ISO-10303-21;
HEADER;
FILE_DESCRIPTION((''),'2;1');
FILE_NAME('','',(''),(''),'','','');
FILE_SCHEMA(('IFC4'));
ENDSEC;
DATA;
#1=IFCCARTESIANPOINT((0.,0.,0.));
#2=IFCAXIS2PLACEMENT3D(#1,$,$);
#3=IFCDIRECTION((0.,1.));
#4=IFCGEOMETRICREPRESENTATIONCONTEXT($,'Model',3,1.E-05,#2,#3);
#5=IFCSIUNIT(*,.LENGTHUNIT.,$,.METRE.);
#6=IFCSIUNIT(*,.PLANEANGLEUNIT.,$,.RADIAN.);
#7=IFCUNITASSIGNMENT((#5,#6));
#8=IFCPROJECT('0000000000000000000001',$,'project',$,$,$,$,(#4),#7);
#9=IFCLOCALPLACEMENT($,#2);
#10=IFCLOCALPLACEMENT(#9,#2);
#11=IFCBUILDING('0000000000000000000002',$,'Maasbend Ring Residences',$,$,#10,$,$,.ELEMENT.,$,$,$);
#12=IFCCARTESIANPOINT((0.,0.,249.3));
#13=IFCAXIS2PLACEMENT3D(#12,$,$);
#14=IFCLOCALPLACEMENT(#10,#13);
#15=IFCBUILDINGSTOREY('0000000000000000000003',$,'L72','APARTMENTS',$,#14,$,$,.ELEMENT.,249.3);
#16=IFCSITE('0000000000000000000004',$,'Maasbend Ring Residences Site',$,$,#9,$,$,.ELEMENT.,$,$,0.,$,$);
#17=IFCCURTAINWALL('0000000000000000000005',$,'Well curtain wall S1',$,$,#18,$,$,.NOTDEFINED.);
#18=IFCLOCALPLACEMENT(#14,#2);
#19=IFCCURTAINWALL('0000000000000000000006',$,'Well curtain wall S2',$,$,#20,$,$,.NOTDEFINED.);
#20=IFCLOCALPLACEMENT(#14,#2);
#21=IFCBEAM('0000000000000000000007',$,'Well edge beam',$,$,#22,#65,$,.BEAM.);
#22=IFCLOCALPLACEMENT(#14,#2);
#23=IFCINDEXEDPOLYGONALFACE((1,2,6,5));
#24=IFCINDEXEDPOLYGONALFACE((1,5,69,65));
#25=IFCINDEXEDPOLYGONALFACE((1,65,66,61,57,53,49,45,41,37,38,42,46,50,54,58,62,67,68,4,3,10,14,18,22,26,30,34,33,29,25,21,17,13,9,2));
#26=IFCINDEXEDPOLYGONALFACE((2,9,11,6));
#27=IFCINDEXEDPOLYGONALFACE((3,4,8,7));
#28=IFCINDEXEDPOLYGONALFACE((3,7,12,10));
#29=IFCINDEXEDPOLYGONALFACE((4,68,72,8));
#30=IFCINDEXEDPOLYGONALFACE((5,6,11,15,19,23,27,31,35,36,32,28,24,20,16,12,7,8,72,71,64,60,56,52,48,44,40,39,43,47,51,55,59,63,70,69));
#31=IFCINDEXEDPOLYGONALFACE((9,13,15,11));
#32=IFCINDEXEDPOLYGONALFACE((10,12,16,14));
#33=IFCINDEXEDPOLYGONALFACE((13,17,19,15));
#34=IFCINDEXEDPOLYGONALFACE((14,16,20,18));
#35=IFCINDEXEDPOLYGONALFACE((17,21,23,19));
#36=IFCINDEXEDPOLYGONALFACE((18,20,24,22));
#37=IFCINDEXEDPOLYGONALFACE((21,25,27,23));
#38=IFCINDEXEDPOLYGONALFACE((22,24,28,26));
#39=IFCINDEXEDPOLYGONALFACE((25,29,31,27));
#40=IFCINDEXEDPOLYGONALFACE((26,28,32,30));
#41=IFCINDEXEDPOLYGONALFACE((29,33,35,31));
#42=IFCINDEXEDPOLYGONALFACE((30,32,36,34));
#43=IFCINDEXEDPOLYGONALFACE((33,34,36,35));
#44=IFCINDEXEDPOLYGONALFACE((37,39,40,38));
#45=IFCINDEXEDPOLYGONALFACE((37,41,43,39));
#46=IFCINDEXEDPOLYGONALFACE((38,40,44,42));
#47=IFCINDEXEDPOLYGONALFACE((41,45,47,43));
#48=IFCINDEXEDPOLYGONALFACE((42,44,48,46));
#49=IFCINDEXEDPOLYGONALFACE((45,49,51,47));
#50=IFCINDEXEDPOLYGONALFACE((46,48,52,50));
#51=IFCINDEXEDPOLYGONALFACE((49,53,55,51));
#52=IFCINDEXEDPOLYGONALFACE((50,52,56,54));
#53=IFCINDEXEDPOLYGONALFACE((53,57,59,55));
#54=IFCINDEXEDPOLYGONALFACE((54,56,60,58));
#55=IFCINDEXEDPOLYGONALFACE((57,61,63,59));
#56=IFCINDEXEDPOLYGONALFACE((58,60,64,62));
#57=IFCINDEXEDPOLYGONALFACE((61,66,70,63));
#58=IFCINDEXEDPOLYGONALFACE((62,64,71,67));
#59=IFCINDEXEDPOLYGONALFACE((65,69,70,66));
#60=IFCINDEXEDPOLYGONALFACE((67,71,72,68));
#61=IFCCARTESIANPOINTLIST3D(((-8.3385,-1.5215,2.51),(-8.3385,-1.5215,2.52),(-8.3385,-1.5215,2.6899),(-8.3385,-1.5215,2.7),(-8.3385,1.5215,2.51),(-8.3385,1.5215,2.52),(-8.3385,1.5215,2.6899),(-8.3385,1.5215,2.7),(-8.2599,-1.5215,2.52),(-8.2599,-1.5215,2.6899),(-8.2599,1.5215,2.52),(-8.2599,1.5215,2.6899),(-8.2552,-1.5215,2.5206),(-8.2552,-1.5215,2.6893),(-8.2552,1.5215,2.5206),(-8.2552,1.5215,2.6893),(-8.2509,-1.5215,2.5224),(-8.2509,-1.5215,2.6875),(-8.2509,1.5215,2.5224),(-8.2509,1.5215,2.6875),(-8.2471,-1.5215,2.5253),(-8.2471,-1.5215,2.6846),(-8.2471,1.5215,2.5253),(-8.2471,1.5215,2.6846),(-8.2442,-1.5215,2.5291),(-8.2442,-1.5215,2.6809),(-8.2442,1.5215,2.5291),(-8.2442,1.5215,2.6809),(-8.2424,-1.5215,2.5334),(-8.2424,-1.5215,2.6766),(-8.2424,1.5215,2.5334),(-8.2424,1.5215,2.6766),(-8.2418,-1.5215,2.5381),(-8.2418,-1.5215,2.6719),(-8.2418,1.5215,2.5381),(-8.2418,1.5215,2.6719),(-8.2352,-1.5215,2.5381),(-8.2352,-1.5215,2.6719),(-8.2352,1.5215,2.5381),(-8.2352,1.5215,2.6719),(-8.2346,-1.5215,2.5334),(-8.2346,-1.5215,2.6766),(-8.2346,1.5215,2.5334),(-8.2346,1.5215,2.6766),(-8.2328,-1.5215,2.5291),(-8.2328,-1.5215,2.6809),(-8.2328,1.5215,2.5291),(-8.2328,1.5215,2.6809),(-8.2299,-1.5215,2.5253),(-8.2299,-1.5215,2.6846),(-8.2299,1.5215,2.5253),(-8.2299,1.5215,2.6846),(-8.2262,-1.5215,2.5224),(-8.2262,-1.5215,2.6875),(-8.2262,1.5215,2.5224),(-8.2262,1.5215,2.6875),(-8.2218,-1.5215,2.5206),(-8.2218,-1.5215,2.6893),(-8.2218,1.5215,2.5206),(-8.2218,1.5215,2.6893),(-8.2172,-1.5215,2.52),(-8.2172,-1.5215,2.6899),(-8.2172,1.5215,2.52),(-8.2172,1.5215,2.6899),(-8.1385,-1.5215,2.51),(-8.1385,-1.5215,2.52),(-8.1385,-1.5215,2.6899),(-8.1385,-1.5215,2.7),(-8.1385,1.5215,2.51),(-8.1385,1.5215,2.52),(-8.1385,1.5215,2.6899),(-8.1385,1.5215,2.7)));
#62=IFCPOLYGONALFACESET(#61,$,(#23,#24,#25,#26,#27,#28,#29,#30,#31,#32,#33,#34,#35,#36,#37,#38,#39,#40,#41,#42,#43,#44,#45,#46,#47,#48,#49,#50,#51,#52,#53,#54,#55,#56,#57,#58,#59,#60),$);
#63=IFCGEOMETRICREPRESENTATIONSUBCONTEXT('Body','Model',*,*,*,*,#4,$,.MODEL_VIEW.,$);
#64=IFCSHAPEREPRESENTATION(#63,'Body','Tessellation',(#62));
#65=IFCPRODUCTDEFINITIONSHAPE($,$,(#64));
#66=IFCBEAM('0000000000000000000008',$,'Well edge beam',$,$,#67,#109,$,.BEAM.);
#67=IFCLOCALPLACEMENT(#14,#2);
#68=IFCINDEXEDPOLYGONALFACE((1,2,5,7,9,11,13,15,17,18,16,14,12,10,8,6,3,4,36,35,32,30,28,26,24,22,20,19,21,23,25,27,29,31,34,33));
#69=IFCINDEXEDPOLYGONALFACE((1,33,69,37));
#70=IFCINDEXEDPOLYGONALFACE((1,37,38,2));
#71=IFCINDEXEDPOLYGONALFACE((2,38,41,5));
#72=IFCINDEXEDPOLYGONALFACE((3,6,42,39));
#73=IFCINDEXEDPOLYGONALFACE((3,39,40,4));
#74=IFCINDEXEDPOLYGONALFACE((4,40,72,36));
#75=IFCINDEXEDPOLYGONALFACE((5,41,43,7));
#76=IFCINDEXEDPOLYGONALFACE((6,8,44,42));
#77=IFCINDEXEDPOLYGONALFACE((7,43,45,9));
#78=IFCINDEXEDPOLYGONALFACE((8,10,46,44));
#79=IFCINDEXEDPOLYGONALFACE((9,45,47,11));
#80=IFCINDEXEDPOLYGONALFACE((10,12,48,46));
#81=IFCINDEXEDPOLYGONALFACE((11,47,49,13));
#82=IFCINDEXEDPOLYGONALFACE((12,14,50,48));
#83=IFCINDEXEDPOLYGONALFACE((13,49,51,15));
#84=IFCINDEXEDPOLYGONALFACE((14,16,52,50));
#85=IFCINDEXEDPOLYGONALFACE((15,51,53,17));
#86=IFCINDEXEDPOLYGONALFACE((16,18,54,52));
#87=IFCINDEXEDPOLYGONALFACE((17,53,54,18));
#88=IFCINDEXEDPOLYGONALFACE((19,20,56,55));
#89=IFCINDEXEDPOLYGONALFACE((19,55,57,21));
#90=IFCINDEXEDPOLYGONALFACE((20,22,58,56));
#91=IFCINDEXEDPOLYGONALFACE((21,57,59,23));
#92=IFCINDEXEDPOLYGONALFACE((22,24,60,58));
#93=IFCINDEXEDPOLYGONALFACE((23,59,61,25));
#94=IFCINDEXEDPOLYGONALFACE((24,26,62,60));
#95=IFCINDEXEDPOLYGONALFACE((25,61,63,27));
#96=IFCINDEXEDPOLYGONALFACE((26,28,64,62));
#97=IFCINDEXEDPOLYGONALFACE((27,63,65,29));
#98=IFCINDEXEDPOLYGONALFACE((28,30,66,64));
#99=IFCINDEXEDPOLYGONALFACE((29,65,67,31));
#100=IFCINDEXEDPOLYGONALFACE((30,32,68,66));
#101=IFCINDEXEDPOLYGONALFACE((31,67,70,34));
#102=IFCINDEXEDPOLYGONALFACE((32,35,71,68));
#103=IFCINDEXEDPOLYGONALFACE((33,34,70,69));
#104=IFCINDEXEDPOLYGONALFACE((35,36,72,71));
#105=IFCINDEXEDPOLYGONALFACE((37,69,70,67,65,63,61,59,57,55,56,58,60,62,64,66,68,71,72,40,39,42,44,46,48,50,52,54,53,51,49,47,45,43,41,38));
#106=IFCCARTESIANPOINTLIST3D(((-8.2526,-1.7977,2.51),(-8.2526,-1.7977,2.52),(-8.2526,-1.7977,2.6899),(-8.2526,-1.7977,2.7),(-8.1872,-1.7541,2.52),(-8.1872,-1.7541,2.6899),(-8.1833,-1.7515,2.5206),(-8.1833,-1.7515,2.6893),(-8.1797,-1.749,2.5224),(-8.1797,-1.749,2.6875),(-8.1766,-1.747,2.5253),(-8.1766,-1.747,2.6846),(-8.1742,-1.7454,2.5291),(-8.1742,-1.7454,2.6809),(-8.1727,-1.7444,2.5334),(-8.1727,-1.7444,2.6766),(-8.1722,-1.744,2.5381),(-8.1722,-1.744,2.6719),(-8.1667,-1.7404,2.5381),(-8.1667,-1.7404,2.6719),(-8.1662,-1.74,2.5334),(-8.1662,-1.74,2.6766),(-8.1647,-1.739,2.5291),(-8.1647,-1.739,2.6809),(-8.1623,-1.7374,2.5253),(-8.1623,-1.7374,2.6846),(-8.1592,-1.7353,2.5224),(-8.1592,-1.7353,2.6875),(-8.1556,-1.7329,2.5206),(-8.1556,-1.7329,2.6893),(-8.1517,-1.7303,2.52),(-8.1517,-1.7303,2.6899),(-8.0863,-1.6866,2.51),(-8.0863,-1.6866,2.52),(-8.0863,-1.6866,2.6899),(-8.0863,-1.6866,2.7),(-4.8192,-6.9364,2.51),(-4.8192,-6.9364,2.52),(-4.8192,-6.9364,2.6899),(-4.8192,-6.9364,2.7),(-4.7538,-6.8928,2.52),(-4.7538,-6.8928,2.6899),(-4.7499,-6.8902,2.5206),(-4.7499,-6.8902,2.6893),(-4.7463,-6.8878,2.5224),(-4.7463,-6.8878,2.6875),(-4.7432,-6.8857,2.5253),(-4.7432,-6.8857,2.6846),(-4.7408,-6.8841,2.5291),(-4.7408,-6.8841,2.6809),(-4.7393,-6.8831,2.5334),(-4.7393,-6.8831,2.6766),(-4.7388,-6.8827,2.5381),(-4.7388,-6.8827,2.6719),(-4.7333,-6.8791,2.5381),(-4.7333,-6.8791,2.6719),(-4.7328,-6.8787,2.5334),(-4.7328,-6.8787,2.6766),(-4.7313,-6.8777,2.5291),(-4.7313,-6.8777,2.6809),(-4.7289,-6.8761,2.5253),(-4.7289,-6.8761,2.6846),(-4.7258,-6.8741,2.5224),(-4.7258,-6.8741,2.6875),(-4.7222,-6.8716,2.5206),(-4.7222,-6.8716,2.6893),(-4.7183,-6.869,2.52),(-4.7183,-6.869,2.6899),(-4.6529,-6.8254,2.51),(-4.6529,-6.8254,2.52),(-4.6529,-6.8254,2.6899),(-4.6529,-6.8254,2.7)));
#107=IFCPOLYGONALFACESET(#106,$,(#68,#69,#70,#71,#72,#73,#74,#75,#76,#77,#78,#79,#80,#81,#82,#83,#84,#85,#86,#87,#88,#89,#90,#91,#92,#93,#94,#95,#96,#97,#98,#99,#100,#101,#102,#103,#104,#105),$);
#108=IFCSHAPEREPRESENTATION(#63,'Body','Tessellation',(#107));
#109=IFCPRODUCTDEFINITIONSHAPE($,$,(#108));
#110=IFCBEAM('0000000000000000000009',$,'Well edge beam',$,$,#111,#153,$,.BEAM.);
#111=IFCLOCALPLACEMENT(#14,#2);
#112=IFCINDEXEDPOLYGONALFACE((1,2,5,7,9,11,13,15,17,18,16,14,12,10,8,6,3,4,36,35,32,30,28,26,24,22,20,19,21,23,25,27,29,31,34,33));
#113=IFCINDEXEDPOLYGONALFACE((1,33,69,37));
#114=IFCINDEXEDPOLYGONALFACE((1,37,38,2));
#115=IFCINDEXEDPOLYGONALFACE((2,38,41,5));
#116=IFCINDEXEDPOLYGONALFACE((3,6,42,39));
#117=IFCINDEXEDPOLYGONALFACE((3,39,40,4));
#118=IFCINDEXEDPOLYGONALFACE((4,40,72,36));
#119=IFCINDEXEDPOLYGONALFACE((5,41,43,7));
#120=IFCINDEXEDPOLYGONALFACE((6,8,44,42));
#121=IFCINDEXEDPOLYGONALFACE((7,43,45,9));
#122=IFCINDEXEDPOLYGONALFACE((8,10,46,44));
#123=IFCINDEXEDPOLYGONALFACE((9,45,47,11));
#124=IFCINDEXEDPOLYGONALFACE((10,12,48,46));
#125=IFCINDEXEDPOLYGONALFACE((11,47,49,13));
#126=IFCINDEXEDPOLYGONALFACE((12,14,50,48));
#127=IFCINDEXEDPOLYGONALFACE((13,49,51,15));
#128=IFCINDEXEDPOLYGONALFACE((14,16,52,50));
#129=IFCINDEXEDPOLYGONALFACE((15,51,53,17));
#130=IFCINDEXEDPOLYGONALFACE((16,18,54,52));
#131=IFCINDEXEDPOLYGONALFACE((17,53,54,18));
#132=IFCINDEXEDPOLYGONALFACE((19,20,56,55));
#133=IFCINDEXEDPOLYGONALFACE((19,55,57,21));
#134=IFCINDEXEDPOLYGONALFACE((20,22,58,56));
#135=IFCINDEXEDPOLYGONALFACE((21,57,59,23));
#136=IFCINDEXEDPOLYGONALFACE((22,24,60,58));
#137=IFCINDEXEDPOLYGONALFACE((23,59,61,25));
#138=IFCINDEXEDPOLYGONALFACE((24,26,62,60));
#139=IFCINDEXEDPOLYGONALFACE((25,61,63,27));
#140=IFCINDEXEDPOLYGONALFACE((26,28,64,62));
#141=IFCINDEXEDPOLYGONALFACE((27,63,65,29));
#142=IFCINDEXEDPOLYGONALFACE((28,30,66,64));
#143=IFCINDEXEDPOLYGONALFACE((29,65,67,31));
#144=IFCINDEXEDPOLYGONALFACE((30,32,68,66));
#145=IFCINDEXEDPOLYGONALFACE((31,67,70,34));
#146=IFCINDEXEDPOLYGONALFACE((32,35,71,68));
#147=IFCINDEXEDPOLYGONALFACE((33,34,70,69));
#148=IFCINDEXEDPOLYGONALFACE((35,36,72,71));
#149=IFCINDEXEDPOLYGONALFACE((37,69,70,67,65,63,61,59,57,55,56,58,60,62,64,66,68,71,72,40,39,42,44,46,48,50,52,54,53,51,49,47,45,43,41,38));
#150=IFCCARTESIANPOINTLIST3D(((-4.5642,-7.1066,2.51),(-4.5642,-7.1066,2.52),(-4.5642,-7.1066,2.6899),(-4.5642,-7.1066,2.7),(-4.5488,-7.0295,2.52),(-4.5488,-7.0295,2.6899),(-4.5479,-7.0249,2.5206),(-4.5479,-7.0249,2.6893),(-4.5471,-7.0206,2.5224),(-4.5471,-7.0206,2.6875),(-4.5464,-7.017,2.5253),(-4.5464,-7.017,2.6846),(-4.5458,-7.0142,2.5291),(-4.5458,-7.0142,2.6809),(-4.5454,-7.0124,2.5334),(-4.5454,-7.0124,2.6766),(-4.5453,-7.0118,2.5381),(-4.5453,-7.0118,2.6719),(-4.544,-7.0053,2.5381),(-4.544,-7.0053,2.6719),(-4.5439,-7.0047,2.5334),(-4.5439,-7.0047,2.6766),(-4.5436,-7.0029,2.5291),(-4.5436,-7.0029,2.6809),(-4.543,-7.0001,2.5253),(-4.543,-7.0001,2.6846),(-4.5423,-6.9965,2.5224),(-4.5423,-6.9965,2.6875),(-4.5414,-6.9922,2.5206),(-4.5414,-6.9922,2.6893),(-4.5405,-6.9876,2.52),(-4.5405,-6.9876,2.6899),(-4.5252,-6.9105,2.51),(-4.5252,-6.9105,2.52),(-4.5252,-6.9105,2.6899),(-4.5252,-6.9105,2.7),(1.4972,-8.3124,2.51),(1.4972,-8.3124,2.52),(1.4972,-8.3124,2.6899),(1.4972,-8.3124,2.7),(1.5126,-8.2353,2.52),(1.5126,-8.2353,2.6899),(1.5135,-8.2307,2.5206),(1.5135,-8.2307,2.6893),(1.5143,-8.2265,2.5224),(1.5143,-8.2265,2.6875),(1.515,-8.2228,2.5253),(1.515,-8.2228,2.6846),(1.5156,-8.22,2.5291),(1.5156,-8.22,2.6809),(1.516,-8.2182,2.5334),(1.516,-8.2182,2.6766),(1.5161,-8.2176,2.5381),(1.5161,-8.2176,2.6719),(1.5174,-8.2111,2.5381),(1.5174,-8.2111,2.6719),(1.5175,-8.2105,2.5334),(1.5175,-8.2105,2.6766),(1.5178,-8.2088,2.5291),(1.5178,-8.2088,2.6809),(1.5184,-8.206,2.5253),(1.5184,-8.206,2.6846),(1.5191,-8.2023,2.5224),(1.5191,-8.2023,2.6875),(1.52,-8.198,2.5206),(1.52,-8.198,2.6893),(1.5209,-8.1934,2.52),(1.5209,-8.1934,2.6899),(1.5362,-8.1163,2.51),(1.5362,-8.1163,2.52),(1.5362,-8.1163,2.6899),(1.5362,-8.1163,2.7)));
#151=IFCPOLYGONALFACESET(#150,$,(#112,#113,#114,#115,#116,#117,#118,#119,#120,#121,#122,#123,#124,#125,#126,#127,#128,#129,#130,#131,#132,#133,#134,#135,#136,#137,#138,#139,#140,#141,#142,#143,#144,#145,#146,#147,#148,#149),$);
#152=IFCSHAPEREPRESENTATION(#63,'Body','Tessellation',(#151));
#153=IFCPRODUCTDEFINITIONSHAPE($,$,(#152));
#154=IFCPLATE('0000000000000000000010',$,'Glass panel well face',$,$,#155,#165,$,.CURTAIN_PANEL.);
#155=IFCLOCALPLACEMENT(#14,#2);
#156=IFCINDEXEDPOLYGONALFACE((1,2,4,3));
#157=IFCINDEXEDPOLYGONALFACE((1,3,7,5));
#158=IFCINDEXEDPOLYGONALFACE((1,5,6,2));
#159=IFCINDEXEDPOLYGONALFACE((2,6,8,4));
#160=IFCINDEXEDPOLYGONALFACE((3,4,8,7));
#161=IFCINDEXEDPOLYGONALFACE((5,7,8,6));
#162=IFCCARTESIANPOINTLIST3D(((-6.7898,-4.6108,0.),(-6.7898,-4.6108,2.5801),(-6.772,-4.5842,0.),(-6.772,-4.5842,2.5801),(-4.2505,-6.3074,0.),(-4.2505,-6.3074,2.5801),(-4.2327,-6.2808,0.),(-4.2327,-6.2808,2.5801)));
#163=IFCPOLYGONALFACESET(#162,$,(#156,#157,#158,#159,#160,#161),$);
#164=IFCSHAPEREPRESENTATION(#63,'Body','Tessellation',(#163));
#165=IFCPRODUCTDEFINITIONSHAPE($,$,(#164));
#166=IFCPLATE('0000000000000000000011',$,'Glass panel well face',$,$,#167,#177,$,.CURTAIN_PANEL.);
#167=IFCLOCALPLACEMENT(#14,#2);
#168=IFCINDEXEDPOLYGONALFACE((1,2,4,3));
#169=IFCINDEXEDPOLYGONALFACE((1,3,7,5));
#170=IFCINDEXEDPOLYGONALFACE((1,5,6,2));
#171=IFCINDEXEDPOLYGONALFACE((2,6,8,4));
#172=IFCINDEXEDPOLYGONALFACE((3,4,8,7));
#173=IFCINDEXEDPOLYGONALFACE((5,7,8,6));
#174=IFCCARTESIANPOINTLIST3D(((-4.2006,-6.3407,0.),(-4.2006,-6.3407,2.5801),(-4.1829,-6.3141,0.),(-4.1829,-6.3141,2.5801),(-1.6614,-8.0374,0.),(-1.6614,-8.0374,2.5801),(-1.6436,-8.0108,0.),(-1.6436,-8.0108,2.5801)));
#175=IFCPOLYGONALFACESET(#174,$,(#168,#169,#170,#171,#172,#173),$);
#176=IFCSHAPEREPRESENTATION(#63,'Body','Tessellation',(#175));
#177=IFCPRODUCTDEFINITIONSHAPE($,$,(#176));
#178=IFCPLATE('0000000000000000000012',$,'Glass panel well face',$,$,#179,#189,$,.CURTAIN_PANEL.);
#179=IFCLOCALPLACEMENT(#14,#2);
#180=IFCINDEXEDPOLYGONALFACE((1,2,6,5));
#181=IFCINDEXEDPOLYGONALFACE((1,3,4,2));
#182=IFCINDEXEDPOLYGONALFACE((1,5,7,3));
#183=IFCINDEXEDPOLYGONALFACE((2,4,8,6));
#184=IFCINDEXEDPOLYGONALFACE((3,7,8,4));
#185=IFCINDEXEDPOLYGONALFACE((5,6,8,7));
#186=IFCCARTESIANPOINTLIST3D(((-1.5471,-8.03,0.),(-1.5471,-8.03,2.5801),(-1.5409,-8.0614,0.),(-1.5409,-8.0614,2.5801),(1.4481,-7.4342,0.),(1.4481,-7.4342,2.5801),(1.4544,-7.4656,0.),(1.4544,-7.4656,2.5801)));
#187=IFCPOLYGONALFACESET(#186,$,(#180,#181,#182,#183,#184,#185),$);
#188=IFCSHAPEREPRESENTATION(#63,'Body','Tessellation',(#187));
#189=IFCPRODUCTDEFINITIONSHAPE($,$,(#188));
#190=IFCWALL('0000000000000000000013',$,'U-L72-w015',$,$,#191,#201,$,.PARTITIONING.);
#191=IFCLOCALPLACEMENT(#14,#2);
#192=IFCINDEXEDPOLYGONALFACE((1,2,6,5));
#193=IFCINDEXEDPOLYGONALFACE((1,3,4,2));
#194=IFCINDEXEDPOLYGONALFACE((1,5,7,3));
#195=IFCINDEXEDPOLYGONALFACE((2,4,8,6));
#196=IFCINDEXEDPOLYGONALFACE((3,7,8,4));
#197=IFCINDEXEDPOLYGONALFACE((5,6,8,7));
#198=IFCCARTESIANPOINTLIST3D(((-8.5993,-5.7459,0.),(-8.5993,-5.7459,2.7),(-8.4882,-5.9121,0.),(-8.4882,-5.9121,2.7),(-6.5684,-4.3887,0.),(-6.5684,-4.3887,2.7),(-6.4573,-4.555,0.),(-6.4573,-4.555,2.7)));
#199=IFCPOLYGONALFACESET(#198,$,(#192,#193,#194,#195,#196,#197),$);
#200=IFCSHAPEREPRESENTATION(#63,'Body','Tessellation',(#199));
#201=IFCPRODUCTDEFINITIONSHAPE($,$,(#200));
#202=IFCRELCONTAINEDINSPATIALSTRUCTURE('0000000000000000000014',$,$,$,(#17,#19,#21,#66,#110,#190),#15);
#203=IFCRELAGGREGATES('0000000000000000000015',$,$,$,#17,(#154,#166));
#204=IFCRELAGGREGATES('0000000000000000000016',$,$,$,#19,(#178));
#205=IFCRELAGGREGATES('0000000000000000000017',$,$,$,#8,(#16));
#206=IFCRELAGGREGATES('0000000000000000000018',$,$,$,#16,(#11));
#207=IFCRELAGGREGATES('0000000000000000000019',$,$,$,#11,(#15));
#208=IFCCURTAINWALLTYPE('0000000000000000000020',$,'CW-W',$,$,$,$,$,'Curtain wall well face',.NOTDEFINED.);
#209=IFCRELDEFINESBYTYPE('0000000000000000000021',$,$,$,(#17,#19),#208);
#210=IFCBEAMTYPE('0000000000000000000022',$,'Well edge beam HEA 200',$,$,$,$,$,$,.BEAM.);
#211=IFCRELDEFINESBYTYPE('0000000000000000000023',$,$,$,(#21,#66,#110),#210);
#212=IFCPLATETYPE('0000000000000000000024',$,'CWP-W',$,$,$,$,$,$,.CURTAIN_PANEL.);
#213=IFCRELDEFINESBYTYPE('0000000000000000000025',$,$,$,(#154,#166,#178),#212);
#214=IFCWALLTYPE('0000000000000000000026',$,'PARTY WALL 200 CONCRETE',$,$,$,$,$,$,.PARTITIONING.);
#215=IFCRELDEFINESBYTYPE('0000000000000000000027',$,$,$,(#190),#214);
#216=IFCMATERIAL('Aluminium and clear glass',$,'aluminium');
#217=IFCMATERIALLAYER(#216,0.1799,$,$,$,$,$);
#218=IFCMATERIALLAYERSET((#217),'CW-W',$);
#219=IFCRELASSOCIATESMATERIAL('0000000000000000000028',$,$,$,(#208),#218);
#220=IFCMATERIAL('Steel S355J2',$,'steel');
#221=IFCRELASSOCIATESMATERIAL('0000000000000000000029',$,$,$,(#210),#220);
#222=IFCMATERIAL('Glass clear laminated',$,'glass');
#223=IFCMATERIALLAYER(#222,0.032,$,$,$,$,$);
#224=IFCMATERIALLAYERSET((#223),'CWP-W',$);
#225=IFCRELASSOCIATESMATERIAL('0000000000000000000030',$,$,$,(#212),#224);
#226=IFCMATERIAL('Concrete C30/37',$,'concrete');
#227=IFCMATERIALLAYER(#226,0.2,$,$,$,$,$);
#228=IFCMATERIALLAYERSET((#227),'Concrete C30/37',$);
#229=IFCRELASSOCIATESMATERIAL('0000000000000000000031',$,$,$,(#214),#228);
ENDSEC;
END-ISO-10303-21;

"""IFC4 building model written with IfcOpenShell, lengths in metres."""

from ifc_helpers import new_model, si_unit, direction, frame, frame_2d, origin, origin_2d, place, context, subcontext, project, spatial, rectangle, i_section, extrude, material, layer, layer_set, material_profile, profile_set, type_object, element, aggregate, save


model = new_model("IFC4")

# Units and contexts
model_context = context("Model", 3, precision=1e-05, world=origin(), true_north=direction((0.0, 1.0)))
body_context = subcontext(model_context, "Body", "Model", "MODEL_VIEW")
ifc_project = project(units=[si_unit("LENGTHUNIT", "METRE"), si_unit("PLANEANGLEUNIT", "RADIAN")], contexts=[model_context])

# Site, building, storey
site_placement = place(None, origin())
site = spatial("IfcSite", under=ifc_project, at=site_placement, Name="Maasbend Ring Residences Site", CompositionType="ELEMENT", RefElevation=0.0)
building_placement = place(site_placement, origin())
building = spatial("IfcBuilding", under=site, at=building_placement, Name="Maasbend Ring Residences", CompositionType="ELEMENT")
storey_placement = place(building_placement, frame((0.0, 0.0, 249.3)))
storey = spatial("IfcBuildingStorey", under=building, at=storey_placement, Name="L72", Description="APARTMENTS", CompositionType="ELEMENT", Elevation=249.3)

# Curtain wall
ifc_material_1 = material(Name="Aluminium and clear glass", Category="aluminium")
ifc_layer_1 = layer(ifc_material_1, 0.1799)
ifc_layer_set_1 = layer_set([ifc_layer_1], Name="CW-W")
curtain_wall_type = type_object("IfcCurtainWallType", Name="CW-W", ElementType="Curtain wall well face", PredefinedType="NOTDEFINED", material=ifc_layer_set_1)
curtain_wall_1_placement = place(storey_placement, origin())
curtain_wall_1 = element("IfcCurtainWall", 1, at=curtain_wall_1_placement, inside=storey, type_object=curtain_wall_type, Name="Well curtain wall S1", PredefinedType="NOTDEFINED")

# Curtain wall
curtain_wall_2_placement = place(storey_placement, origin())
curtain_wall_2 = element("IfcCurtainWall", 2, at=curtain_wall_2_placement, inside=storey, type_object=curtain_wall_type, Name="Well curtain wall S2", PredefinedType="NOTDEFINED")

# Beams
ifc_material_2 = material(Name="Steel S355J2", Category="steel")
ifc_material_profile_1 = material_profile(ifc_material_2, i_section(OverallWidth=0.2, OverallDepth=0.1899, WebThickness=0.0066, FlangeThickness=0.01, FilletRadius=0.0181, at=origin_2d()), Name="HEA 200")
ifc_profile_set_1 = profile_set([ifc_material_profile_1], Name="Steel S355J2")
beam_type = type_object("IfcBeamType", Name="Well edge beam HEA 200", PredefinedType="BEAM", material=ifc_profile_set_1)
beam_placement = place(storey_placement, frame((-8.2385, 1.5215, 2.605), z_axis=(0.0, -1.0, 0.0), x_axis=(1.0, 0.0, 0.0)))
element("IfcBeam", 3, at=beam_placement, inside=storey, type_object=beam_type, Name="Well edge beam", PredefinedType="BEAM", context=body_context, shape_type="SweptSolid", body=[
    extrude(i_section(OverallWidth=0.2, OverallDepth=0.1899, WebThickness=0.0066, FlangeThickness=0.01, FilletRadius=0.0181, at=origin_2d()), origin(), (0.0, 0.0, 1.0), 3.043),
])
for number, where, z_axis, x_axis, name in (
    (4, (-8.1694, -1.7422, 2.605), (0.555548, -0.831485, 0.0), (0.831485, 0.555548, 0.0), "Well edge beam"),
    (5, (-4.5447, -7.0085, 2.605), (0.980781, -0.195113, 0.0), (0.195113, 0.980781, 0.0), "Well edge beam"),
):
    element("IfcBeam", number, at=place(storey_placement, frame(where, z_axis=z_axis, x_axis=x_axis)), inside=storey, type_object=beam_type, Name=name, PredefinedType="BEAM", context=body_context, shape_type="SweptSolid", body=[
        extrude(i_section(OverallWidth=0.2, OverallDepth=0.1899, WebThickness=0.0066, FlangeThickness=0.01, FilletRadius=0.0181, at=origin_2d()), origin(), (0.0, 0.0, 1.0), 6.1802),
    ])

# Plates
ifc_material_3 = material(Name="Glass clear laminated", Category="glass")
ifc_layer_2 = layer(ifc_material_3, 0.032)
ifc_layer_set_2 = layer_set([ifc_layer_2], Name="CWP-W")
plate_type = type_object("IfcPlateType", Name="CWP-W", PredefinedType="CURTAIN_PANEL", material=ifc_layer_set_2)
plate_1_placement = place(storey_placement, frame((-5.5112, -5.4458, 0.0), z_axis=(0.0, 0.0, 1.0), x_axis=(0.83147, -0.55557, 0.0)))
plate_1 = element("IfcPlate", 6, at=plate_1_placement, type_object=plate_type, Name="Glass panel well face", PredefinedType="CURTAIN_PANEL", context=body_context, shape_type="SweptSolid", body=[
    extrude(rectangle(XDim=3.054, YDim=0.032, at=origin_2d()), origin(), (0.0, 0.0, 1.0), 2.5801),
])
plate_2_placement = place(storey_placement, frame((-2.9221, -7.1758, 0.0), z_axis=(0.0, 0.0, 1.0), x_axis=(0.83147, -0.55557, 0.0)))
plate_2 = element("IfcPlate", 7, at=plate_2_placement, type_object=plate_type, Name="Glass panel well face", PredefinedType="CURTAIN_PANEL", context=body_context, shape_type="SweptSolid", body=[
    extrude(rectangle(XDim=3.054, YDim=0.032, at=origin_2d()), origin(), (0.0, 0.0, 1.0), 2.5801),
])
aggregate(curtain_wall_1, [plate_1, plate_2])
plate_3_placement = place(storey_placement, frame((-0.0464, -7.7478, 0.0), z_axis=(0.0, 0.0, 1.0), x_axis=(0.980785, 0.19509, 0.0)))
plate_3 = element("IfcPlate", 8, at=plate_3_placement, type_object=plate_type, Name="Glass panel well face", PredefinedType="CURTAIN_PANEL", context=body_context, shape_type="SweptSolid", body=[
    extrude(rectangle(XDim=3.054, YDim=0.032, at=origin_2d()), origin(), (0.0, 0.0, 1.0), 2.5801),
])
aggregate(curtain_wall_2, [plate_3])

# Wall
ifc_material_4 = material(Name="Concrete C30/37", Category="concrete")
ifc_layer_3 = layer(ifc_material_4, 0.2)
ifc_layer_set_3 = layer_set([ifc_layer_3], Name="Concrete C30/37")
wall_type = type_object("IfcWallType", Name="PARTY WALL 200 CONCRETE", PredefinedType="PARTITIONING", material=ifc_layer_set_3)
wall_placement = place(storey_placement, frame((-6.5129, -4.4719, 0.0), z_axis=(0.0, 0.0, 1.0), x_axis=(-0.83145, -0.555599, 0.0)))
element("IfcWall", 9, at=wall_placement, inside=storey, type_object=wall_type, Name="U-L72-w015", PredefinedType="PARTITIONING", context=body_context, shape_type="SweptSolid", body=[
    extrude(rectangle(XDim=2.4426, YDim=0.2, at=frame_2d((1.2212, 0.0))), origin(), (0.0, 0.0, 1.0), 2.7),
])

save(model, "model.ifc")
